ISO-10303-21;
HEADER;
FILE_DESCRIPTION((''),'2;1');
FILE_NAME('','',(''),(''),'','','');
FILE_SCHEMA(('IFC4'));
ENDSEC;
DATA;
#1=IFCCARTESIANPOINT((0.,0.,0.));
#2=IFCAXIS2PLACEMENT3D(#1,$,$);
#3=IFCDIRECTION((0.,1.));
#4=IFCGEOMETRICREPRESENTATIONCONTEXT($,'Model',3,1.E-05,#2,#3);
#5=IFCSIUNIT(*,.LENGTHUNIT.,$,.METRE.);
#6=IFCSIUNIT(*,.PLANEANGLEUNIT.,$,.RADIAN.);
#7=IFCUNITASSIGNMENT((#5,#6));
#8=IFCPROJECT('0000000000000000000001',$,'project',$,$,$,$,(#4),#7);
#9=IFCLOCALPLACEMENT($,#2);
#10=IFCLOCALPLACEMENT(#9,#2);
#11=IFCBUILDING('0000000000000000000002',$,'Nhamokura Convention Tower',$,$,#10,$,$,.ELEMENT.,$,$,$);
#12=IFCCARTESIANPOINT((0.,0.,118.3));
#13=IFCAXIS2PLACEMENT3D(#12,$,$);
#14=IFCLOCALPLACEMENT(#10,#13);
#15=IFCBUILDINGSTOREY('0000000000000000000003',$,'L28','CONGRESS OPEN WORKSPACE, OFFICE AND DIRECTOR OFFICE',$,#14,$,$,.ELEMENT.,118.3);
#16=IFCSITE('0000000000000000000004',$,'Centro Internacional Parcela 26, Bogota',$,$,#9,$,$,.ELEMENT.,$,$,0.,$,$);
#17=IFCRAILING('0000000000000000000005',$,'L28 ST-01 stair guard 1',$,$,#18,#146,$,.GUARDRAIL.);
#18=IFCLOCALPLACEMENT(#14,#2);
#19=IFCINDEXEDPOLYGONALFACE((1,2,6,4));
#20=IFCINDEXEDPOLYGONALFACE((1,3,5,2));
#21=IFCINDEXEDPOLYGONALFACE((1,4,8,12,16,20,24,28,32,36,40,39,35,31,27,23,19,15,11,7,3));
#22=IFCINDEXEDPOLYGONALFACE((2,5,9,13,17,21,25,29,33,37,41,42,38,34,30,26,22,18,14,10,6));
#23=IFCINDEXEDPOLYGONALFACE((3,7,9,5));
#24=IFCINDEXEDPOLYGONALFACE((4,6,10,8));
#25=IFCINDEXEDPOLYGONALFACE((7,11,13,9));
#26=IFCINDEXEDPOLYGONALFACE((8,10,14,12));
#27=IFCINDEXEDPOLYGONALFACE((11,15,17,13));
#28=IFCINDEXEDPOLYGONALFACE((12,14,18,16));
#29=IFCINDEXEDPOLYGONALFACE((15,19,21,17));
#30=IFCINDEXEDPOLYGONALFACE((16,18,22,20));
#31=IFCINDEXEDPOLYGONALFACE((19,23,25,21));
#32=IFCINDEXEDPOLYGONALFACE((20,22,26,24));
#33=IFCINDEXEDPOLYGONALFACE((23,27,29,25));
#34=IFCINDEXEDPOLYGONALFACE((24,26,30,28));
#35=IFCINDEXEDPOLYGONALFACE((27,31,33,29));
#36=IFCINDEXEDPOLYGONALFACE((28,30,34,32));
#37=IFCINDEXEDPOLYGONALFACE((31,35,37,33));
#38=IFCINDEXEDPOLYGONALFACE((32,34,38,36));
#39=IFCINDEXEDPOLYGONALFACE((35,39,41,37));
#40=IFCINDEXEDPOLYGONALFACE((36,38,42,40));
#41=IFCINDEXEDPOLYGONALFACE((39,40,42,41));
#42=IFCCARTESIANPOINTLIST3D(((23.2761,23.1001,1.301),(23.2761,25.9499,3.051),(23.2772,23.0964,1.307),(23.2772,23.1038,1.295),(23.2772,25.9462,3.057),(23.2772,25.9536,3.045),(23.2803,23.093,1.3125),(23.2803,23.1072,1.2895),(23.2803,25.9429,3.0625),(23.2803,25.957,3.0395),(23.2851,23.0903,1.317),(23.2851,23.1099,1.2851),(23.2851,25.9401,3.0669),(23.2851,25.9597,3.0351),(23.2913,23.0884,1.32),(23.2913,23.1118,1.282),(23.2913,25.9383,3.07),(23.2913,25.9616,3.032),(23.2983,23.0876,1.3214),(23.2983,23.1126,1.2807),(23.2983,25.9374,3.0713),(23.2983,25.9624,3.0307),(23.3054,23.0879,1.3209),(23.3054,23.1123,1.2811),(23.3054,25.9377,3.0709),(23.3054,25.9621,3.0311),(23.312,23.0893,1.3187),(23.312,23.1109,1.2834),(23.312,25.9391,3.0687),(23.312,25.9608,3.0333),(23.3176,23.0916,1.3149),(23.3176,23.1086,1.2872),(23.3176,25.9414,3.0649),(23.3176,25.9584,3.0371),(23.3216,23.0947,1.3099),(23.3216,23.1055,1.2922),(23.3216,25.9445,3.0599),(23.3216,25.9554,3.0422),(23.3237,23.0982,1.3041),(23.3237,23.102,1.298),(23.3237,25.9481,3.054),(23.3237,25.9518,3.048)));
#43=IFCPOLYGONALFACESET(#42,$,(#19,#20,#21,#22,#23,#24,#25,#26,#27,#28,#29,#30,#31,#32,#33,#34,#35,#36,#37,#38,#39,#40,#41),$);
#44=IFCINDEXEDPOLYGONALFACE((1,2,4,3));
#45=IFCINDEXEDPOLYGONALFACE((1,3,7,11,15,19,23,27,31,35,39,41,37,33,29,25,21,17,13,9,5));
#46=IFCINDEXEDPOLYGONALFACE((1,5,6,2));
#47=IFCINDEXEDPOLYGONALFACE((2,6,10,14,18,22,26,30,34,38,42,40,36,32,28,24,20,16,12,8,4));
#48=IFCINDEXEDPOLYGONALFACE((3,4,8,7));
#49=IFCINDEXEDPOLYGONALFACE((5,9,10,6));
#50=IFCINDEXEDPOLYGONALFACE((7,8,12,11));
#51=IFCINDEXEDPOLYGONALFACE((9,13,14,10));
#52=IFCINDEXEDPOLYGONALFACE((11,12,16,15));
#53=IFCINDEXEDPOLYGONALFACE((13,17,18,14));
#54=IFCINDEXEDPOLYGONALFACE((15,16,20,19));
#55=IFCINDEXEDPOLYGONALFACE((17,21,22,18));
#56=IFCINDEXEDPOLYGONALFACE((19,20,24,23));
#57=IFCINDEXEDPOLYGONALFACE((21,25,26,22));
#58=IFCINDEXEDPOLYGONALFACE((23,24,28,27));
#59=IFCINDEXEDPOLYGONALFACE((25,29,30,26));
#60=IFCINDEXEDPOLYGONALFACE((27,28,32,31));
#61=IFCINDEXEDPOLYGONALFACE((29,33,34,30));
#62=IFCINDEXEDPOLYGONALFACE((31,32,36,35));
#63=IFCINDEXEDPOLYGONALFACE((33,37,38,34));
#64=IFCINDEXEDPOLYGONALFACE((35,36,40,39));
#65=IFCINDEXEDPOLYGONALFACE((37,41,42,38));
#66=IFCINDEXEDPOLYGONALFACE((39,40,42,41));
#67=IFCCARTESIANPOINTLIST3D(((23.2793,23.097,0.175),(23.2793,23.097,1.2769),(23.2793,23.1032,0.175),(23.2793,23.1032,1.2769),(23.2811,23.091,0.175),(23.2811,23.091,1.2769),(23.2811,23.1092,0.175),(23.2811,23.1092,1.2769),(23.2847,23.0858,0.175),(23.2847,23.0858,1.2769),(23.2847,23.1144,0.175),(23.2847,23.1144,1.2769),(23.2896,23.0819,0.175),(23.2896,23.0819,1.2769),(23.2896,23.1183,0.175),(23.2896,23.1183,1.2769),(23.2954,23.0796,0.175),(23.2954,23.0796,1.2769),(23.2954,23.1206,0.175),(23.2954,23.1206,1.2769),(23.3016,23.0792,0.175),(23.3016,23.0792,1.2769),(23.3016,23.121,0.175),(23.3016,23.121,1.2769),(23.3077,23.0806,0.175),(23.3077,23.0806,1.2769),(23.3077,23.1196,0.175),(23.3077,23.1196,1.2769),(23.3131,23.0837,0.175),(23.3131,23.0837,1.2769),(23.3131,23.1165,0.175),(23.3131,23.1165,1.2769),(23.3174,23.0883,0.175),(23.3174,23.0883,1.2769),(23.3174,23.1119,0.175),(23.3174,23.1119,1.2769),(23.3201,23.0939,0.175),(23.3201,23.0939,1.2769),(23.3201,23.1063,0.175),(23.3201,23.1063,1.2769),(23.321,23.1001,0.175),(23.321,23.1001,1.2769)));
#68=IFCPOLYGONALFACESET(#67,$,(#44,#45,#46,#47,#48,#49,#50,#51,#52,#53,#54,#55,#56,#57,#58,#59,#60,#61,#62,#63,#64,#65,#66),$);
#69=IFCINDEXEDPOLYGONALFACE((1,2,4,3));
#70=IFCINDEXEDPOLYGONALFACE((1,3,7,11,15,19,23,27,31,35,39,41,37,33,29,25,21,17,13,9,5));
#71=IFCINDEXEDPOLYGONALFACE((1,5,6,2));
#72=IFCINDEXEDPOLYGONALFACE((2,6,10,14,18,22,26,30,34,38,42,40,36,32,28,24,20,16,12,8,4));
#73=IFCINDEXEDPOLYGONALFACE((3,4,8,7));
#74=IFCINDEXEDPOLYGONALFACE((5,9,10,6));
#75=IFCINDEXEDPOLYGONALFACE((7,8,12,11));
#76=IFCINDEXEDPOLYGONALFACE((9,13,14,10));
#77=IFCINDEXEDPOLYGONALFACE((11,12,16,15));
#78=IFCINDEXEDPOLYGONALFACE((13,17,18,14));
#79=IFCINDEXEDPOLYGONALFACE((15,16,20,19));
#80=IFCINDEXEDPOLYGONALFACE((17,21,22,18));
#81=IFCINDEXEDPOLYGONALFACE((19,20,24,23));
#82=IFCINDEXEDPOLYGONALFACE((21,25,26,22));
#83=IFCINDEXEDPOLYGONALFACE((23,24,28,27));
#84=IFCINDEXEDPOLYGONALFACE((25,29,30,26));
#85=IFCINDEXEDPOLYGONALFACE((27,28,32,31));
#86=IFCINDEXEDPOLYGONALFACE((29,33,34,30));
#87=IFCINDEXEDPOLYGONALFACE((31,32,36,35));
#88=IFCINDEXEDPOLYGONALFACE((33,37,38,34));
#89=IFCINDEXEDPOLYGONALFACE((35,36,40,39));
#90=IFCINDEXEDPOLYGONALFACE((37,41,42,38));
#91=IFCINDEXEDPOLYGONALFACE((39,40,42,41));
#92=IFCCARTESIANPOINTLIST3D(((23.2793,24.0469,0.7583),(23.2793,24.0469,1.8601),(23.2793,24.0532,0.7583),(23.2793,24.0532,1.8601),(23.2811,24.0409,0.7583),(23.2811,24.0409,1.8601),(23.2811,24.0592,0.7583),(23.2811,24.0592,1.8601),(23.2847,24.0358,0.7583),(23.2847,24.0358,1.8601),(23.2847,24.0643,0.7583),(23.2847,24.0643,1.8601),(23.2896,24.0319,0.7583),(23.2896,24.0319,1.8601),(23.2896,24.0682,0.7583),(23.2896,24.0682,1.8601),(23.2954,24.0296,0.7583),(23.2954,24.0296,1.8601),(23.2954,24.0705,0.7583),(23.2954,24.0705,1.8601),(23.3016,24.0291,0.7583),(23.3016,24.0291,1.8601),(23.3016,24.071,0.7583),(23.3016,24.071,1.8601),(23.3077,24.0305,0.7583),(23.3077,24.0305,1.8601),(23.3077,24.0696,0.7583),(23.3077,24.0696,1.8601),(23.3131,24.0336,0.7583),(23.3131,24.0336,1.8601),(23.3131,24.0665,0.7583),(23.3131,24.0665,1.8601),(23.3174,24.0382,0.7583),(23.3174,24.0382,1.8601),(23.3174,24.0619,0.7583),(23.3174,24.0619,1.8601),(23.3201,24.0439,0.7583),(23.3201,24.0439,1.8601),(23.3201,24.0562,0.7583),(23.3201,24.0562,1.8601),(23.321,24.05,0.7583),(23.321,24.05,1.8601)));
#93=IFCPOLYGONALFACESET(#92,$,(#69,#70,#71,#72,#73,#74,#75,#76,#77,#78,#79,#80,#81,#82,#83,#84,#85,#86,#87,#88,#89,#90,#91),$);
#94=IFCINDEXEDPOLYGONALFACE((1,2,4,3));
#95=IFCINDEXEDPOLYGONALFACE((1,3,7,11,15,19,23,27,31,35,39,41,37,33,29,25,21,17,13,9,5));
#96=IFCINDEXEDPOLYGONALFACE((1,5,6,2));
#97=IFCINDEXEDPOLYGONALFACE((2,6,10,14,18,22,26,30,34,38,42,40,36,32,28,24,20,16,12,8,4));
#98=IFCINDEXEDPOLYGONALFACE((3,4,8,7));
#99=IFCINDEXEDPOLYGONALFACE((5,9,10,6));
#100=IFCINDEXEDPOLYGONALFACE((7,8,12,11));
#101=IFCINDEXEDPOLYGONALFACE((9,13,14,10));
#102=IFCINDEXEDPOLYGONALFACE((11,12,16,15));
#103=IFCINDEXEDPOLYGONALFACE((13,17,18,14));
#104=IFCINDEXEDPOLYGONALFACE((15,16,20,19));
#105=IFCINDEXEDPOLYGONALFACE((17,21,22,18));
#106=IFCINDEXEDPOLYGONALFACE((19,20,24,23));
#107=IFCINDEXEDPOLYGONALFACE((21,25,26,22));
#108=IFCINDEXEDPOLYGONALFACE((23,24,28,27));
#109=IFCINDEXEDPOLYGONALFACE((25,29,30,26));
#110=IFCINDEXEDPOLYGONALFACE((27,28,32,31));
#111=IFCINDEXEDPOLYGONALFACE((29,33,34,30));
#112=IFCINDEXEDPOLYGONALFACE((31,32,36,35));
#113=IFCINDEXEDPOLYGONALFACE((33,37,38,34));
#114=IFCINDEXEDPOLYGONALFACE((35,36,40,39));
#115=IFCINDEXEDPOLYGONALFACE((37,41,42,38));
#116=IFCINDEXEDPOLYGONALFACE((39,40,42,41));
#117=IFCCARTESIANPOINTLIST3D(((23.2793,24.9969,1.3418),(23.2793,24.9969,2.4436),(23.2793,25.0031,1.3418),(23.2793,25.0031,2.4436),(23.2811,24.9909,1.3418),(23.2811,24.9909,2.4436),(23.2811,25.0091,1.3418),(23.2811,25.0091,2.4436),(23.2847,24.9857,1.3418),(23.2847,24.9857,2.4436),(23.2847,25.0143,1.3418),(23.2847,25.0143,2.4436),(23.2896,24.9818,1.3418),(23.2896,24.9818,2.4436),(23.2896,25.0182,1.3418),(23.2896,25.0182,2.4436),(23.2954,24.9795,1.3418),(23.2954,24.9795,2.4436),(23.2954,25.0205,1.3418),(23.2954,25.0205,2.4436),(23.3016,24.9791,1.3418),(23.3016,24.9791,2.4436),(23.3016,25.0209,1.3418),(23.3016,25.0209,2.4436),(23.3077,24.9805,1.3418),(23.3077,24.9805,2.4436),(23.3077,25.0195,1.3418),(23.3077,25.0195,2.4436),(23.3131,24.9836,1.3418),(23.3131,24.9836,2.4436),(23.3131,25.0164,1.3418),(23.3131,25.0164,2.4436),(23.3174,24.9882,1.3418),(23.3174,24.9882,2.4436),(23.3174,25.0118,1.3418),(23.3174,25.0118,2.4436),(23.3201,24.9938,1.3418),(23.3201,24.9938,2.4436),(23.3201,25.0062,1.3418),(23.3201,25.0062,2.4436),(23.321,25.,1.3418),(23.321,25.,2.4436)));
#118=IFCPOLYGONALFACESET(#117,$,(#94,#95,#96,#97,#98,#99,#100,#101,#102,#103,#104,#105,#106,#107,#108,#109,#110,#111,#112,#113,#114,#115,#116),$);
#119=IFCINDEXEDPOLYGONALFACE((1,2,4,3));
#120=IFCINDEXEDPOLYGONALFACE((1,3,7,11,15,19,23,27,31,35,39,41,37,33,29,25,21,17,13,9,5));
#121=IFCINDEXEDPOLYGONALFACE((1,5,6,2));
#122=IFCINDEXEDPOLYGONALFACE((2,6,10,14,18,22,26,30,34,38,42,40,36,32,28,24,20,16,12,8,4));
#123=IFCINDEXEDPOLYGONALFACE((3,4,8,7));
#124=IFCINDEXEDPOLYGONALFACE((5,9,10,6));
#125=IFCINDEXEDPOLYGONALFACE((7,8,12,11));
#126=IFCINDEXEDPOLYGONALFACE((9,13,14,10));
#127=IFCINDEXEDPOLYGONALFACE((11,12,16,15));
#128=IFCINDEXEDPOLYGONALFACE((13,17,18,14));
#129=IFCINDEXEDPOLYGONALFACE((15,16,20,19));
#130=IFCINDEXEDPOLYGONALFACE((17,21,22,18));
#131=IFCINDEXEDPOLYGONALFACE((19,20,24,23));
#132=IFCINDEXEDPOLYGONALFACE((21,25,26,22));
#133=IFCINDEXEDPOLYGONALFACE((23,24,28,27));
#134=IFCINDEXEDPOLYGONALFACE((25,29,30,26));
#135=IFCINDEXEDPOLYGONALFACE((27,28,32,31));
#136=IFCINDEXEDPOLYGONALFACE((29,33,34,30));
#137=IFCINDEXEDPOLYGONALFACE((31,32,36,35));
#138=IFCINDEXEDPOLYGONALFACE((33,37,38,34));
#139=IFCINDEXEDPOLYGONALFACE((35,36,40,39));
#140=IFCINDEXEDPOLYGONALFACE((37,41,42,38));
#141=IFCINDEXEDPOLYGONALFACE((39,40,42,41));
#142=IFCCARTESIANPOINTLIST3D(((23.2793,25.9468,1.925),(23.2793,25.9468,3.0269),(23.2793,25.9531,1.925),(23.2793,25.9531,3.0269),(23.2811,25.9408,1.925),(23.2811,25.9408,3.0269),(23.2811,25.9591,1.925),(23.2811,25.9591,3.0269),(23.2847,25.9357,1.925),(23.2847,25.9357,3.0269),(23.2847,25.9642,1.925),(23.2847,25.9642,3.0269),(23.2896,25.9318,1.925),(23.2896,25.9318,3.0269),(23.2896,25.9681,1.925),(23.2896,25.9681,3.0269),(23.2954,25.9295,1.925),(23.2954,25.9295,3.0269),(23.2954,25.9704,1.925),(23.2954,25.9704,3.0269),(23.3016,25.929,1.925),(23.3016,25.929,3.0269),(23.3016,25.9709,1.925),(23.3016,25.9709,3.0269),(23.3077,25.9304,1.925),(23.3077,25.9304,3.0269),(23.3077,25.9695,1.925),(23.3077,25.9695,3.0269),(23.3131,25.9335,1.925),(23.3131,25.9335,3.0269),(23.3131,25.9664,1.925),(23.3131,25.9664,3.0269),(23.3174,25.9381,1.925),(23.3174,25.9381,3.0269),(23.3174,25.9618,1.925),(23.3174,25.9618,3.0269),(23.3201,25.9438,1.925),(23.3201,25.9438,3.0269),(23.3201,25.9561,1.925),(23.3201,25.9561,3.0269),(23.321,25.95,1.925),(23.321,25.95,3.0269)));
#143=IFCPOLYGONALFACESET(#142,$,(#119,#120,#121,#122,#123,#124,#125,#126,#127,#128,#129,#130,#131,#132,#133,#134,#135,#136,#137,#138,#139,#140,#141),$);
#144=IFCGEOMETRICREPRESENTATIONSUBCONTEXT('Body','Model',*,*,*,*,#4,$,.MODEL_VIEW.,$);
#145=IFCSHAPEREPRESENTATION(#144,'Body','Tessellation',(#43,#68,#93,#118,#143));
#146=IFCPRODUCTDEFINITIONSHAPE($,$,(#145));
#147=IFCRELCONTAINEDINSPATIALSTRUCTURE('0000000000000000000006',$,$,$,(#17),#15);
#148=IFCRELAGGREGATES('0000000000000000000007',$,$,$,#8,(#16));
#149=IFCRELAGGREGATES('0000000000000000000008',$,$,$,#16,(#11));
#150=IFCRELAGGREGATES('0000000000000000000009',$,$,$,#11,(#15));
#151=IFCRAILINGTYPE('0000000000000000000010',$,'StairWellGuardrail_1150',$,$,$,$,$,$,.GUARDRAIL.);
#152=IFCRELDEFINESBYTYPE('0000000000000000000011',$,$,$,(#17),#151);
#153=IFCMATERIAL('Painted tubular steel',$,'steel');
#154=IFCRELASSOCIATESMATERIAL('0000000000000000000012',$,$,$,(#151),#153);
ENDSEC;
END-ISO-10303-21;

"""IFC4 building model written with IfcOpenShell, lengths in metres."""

from ifc_helpers import new_model, si_unit, direction, frame, origin, origin_2d, place, context, subcontext, project, spatial, circle, extrude, material, type_object, element, save


model = new_model("IFC4")

# Units and contexts
model_context = context("Model", 3, precision=1e-05, world=origin(), true_north=direction((0.0, 1.0)))
body_context = subcontext(model_context, "Body", "Model", "MODEL_VIEW")
ifc_project = project(units=[si_unit("LENGTHUNIT", "METRE"), si_unit("PLANEANGLEUNIT", "RADIAN")], contexts=[model_context])

# Site, building, storey
site_placement = place(None, origin())
site = spatial("IfcSite", under=ifc_project, at=site_placement, Name="Centro Internacional Parcela 26, Bogota", CompositionType="ELEMENT", RefElevation=0.0)
building_placement = place(site_placement, origin())
building = spatial("IfcBuilding", under=site, at=building_placement, Name="Nhamokura Convention Tower", CompositionType="ELEMENT")
storey_placement = place(building_placement, frame((0.0, 0.0, 118.3)))
storey = spatial("IfcBuildingStorey", under=building, at=storey_placement, Name="L28", Description="CONGRESS OPEN WORKSPACE, OFFICE AND DIRECTOR OFFICE", CompositionType="ELEMENT", Elevation=118.3)

# Railing
ifc_material_1 = material(Name="Painted tubular steel", Category="steel")
railing_type_1 = type_object("IfcRailingType", Name="StairWellGuardrail_1150", PredefinedType="GUARDRAIL", material=ifc_material_1)
railing_1_placement = place(storey_placement, frame((23.3, 23.1001, 0.175)))
element("IfcRailing", 1, at=railing_1_placement, inside=storey, type_object=railing_type_1, Name="L28 ST-01 stair guard 1", PredefinedType="GUARDRAIL", context=body_context, shape_type="SweptSolid", body=[
    extrude(circle(Radius=0.0239, at=origin_2d()), frame((0.0, 0.0, 1.126), z_axis=(0.0, 0.852159, 0.523283), x_axis=(-1.0, 0.0, 0.0)), (0.0, 0.0, 1.0), 3.3442),
    extrude(circle(Radius=0.021, at=origin_2d()), origin(), (0.0, 0.0, 1.0), 1.1018),
    extrude(circle(Radius=0.021, at=origin_2d()), frame((0.0, 0.95, 0.5833)), (0.0, 0.0, 1.0), 1.1018),
    extrude(circle(Radius=0.021, at=origin_2d()), frame((0.0, 1.8999, 1.1667)), (0.0, 0.0, 1.0), 1.1018),
    extrude(circle(Radius=0.021, at=origin_2d()), frame((0.0, 2.8499, 1.75)), (0.0, 0.0, 1.0), 1.1018),
])

save(model, "model.ifc")
